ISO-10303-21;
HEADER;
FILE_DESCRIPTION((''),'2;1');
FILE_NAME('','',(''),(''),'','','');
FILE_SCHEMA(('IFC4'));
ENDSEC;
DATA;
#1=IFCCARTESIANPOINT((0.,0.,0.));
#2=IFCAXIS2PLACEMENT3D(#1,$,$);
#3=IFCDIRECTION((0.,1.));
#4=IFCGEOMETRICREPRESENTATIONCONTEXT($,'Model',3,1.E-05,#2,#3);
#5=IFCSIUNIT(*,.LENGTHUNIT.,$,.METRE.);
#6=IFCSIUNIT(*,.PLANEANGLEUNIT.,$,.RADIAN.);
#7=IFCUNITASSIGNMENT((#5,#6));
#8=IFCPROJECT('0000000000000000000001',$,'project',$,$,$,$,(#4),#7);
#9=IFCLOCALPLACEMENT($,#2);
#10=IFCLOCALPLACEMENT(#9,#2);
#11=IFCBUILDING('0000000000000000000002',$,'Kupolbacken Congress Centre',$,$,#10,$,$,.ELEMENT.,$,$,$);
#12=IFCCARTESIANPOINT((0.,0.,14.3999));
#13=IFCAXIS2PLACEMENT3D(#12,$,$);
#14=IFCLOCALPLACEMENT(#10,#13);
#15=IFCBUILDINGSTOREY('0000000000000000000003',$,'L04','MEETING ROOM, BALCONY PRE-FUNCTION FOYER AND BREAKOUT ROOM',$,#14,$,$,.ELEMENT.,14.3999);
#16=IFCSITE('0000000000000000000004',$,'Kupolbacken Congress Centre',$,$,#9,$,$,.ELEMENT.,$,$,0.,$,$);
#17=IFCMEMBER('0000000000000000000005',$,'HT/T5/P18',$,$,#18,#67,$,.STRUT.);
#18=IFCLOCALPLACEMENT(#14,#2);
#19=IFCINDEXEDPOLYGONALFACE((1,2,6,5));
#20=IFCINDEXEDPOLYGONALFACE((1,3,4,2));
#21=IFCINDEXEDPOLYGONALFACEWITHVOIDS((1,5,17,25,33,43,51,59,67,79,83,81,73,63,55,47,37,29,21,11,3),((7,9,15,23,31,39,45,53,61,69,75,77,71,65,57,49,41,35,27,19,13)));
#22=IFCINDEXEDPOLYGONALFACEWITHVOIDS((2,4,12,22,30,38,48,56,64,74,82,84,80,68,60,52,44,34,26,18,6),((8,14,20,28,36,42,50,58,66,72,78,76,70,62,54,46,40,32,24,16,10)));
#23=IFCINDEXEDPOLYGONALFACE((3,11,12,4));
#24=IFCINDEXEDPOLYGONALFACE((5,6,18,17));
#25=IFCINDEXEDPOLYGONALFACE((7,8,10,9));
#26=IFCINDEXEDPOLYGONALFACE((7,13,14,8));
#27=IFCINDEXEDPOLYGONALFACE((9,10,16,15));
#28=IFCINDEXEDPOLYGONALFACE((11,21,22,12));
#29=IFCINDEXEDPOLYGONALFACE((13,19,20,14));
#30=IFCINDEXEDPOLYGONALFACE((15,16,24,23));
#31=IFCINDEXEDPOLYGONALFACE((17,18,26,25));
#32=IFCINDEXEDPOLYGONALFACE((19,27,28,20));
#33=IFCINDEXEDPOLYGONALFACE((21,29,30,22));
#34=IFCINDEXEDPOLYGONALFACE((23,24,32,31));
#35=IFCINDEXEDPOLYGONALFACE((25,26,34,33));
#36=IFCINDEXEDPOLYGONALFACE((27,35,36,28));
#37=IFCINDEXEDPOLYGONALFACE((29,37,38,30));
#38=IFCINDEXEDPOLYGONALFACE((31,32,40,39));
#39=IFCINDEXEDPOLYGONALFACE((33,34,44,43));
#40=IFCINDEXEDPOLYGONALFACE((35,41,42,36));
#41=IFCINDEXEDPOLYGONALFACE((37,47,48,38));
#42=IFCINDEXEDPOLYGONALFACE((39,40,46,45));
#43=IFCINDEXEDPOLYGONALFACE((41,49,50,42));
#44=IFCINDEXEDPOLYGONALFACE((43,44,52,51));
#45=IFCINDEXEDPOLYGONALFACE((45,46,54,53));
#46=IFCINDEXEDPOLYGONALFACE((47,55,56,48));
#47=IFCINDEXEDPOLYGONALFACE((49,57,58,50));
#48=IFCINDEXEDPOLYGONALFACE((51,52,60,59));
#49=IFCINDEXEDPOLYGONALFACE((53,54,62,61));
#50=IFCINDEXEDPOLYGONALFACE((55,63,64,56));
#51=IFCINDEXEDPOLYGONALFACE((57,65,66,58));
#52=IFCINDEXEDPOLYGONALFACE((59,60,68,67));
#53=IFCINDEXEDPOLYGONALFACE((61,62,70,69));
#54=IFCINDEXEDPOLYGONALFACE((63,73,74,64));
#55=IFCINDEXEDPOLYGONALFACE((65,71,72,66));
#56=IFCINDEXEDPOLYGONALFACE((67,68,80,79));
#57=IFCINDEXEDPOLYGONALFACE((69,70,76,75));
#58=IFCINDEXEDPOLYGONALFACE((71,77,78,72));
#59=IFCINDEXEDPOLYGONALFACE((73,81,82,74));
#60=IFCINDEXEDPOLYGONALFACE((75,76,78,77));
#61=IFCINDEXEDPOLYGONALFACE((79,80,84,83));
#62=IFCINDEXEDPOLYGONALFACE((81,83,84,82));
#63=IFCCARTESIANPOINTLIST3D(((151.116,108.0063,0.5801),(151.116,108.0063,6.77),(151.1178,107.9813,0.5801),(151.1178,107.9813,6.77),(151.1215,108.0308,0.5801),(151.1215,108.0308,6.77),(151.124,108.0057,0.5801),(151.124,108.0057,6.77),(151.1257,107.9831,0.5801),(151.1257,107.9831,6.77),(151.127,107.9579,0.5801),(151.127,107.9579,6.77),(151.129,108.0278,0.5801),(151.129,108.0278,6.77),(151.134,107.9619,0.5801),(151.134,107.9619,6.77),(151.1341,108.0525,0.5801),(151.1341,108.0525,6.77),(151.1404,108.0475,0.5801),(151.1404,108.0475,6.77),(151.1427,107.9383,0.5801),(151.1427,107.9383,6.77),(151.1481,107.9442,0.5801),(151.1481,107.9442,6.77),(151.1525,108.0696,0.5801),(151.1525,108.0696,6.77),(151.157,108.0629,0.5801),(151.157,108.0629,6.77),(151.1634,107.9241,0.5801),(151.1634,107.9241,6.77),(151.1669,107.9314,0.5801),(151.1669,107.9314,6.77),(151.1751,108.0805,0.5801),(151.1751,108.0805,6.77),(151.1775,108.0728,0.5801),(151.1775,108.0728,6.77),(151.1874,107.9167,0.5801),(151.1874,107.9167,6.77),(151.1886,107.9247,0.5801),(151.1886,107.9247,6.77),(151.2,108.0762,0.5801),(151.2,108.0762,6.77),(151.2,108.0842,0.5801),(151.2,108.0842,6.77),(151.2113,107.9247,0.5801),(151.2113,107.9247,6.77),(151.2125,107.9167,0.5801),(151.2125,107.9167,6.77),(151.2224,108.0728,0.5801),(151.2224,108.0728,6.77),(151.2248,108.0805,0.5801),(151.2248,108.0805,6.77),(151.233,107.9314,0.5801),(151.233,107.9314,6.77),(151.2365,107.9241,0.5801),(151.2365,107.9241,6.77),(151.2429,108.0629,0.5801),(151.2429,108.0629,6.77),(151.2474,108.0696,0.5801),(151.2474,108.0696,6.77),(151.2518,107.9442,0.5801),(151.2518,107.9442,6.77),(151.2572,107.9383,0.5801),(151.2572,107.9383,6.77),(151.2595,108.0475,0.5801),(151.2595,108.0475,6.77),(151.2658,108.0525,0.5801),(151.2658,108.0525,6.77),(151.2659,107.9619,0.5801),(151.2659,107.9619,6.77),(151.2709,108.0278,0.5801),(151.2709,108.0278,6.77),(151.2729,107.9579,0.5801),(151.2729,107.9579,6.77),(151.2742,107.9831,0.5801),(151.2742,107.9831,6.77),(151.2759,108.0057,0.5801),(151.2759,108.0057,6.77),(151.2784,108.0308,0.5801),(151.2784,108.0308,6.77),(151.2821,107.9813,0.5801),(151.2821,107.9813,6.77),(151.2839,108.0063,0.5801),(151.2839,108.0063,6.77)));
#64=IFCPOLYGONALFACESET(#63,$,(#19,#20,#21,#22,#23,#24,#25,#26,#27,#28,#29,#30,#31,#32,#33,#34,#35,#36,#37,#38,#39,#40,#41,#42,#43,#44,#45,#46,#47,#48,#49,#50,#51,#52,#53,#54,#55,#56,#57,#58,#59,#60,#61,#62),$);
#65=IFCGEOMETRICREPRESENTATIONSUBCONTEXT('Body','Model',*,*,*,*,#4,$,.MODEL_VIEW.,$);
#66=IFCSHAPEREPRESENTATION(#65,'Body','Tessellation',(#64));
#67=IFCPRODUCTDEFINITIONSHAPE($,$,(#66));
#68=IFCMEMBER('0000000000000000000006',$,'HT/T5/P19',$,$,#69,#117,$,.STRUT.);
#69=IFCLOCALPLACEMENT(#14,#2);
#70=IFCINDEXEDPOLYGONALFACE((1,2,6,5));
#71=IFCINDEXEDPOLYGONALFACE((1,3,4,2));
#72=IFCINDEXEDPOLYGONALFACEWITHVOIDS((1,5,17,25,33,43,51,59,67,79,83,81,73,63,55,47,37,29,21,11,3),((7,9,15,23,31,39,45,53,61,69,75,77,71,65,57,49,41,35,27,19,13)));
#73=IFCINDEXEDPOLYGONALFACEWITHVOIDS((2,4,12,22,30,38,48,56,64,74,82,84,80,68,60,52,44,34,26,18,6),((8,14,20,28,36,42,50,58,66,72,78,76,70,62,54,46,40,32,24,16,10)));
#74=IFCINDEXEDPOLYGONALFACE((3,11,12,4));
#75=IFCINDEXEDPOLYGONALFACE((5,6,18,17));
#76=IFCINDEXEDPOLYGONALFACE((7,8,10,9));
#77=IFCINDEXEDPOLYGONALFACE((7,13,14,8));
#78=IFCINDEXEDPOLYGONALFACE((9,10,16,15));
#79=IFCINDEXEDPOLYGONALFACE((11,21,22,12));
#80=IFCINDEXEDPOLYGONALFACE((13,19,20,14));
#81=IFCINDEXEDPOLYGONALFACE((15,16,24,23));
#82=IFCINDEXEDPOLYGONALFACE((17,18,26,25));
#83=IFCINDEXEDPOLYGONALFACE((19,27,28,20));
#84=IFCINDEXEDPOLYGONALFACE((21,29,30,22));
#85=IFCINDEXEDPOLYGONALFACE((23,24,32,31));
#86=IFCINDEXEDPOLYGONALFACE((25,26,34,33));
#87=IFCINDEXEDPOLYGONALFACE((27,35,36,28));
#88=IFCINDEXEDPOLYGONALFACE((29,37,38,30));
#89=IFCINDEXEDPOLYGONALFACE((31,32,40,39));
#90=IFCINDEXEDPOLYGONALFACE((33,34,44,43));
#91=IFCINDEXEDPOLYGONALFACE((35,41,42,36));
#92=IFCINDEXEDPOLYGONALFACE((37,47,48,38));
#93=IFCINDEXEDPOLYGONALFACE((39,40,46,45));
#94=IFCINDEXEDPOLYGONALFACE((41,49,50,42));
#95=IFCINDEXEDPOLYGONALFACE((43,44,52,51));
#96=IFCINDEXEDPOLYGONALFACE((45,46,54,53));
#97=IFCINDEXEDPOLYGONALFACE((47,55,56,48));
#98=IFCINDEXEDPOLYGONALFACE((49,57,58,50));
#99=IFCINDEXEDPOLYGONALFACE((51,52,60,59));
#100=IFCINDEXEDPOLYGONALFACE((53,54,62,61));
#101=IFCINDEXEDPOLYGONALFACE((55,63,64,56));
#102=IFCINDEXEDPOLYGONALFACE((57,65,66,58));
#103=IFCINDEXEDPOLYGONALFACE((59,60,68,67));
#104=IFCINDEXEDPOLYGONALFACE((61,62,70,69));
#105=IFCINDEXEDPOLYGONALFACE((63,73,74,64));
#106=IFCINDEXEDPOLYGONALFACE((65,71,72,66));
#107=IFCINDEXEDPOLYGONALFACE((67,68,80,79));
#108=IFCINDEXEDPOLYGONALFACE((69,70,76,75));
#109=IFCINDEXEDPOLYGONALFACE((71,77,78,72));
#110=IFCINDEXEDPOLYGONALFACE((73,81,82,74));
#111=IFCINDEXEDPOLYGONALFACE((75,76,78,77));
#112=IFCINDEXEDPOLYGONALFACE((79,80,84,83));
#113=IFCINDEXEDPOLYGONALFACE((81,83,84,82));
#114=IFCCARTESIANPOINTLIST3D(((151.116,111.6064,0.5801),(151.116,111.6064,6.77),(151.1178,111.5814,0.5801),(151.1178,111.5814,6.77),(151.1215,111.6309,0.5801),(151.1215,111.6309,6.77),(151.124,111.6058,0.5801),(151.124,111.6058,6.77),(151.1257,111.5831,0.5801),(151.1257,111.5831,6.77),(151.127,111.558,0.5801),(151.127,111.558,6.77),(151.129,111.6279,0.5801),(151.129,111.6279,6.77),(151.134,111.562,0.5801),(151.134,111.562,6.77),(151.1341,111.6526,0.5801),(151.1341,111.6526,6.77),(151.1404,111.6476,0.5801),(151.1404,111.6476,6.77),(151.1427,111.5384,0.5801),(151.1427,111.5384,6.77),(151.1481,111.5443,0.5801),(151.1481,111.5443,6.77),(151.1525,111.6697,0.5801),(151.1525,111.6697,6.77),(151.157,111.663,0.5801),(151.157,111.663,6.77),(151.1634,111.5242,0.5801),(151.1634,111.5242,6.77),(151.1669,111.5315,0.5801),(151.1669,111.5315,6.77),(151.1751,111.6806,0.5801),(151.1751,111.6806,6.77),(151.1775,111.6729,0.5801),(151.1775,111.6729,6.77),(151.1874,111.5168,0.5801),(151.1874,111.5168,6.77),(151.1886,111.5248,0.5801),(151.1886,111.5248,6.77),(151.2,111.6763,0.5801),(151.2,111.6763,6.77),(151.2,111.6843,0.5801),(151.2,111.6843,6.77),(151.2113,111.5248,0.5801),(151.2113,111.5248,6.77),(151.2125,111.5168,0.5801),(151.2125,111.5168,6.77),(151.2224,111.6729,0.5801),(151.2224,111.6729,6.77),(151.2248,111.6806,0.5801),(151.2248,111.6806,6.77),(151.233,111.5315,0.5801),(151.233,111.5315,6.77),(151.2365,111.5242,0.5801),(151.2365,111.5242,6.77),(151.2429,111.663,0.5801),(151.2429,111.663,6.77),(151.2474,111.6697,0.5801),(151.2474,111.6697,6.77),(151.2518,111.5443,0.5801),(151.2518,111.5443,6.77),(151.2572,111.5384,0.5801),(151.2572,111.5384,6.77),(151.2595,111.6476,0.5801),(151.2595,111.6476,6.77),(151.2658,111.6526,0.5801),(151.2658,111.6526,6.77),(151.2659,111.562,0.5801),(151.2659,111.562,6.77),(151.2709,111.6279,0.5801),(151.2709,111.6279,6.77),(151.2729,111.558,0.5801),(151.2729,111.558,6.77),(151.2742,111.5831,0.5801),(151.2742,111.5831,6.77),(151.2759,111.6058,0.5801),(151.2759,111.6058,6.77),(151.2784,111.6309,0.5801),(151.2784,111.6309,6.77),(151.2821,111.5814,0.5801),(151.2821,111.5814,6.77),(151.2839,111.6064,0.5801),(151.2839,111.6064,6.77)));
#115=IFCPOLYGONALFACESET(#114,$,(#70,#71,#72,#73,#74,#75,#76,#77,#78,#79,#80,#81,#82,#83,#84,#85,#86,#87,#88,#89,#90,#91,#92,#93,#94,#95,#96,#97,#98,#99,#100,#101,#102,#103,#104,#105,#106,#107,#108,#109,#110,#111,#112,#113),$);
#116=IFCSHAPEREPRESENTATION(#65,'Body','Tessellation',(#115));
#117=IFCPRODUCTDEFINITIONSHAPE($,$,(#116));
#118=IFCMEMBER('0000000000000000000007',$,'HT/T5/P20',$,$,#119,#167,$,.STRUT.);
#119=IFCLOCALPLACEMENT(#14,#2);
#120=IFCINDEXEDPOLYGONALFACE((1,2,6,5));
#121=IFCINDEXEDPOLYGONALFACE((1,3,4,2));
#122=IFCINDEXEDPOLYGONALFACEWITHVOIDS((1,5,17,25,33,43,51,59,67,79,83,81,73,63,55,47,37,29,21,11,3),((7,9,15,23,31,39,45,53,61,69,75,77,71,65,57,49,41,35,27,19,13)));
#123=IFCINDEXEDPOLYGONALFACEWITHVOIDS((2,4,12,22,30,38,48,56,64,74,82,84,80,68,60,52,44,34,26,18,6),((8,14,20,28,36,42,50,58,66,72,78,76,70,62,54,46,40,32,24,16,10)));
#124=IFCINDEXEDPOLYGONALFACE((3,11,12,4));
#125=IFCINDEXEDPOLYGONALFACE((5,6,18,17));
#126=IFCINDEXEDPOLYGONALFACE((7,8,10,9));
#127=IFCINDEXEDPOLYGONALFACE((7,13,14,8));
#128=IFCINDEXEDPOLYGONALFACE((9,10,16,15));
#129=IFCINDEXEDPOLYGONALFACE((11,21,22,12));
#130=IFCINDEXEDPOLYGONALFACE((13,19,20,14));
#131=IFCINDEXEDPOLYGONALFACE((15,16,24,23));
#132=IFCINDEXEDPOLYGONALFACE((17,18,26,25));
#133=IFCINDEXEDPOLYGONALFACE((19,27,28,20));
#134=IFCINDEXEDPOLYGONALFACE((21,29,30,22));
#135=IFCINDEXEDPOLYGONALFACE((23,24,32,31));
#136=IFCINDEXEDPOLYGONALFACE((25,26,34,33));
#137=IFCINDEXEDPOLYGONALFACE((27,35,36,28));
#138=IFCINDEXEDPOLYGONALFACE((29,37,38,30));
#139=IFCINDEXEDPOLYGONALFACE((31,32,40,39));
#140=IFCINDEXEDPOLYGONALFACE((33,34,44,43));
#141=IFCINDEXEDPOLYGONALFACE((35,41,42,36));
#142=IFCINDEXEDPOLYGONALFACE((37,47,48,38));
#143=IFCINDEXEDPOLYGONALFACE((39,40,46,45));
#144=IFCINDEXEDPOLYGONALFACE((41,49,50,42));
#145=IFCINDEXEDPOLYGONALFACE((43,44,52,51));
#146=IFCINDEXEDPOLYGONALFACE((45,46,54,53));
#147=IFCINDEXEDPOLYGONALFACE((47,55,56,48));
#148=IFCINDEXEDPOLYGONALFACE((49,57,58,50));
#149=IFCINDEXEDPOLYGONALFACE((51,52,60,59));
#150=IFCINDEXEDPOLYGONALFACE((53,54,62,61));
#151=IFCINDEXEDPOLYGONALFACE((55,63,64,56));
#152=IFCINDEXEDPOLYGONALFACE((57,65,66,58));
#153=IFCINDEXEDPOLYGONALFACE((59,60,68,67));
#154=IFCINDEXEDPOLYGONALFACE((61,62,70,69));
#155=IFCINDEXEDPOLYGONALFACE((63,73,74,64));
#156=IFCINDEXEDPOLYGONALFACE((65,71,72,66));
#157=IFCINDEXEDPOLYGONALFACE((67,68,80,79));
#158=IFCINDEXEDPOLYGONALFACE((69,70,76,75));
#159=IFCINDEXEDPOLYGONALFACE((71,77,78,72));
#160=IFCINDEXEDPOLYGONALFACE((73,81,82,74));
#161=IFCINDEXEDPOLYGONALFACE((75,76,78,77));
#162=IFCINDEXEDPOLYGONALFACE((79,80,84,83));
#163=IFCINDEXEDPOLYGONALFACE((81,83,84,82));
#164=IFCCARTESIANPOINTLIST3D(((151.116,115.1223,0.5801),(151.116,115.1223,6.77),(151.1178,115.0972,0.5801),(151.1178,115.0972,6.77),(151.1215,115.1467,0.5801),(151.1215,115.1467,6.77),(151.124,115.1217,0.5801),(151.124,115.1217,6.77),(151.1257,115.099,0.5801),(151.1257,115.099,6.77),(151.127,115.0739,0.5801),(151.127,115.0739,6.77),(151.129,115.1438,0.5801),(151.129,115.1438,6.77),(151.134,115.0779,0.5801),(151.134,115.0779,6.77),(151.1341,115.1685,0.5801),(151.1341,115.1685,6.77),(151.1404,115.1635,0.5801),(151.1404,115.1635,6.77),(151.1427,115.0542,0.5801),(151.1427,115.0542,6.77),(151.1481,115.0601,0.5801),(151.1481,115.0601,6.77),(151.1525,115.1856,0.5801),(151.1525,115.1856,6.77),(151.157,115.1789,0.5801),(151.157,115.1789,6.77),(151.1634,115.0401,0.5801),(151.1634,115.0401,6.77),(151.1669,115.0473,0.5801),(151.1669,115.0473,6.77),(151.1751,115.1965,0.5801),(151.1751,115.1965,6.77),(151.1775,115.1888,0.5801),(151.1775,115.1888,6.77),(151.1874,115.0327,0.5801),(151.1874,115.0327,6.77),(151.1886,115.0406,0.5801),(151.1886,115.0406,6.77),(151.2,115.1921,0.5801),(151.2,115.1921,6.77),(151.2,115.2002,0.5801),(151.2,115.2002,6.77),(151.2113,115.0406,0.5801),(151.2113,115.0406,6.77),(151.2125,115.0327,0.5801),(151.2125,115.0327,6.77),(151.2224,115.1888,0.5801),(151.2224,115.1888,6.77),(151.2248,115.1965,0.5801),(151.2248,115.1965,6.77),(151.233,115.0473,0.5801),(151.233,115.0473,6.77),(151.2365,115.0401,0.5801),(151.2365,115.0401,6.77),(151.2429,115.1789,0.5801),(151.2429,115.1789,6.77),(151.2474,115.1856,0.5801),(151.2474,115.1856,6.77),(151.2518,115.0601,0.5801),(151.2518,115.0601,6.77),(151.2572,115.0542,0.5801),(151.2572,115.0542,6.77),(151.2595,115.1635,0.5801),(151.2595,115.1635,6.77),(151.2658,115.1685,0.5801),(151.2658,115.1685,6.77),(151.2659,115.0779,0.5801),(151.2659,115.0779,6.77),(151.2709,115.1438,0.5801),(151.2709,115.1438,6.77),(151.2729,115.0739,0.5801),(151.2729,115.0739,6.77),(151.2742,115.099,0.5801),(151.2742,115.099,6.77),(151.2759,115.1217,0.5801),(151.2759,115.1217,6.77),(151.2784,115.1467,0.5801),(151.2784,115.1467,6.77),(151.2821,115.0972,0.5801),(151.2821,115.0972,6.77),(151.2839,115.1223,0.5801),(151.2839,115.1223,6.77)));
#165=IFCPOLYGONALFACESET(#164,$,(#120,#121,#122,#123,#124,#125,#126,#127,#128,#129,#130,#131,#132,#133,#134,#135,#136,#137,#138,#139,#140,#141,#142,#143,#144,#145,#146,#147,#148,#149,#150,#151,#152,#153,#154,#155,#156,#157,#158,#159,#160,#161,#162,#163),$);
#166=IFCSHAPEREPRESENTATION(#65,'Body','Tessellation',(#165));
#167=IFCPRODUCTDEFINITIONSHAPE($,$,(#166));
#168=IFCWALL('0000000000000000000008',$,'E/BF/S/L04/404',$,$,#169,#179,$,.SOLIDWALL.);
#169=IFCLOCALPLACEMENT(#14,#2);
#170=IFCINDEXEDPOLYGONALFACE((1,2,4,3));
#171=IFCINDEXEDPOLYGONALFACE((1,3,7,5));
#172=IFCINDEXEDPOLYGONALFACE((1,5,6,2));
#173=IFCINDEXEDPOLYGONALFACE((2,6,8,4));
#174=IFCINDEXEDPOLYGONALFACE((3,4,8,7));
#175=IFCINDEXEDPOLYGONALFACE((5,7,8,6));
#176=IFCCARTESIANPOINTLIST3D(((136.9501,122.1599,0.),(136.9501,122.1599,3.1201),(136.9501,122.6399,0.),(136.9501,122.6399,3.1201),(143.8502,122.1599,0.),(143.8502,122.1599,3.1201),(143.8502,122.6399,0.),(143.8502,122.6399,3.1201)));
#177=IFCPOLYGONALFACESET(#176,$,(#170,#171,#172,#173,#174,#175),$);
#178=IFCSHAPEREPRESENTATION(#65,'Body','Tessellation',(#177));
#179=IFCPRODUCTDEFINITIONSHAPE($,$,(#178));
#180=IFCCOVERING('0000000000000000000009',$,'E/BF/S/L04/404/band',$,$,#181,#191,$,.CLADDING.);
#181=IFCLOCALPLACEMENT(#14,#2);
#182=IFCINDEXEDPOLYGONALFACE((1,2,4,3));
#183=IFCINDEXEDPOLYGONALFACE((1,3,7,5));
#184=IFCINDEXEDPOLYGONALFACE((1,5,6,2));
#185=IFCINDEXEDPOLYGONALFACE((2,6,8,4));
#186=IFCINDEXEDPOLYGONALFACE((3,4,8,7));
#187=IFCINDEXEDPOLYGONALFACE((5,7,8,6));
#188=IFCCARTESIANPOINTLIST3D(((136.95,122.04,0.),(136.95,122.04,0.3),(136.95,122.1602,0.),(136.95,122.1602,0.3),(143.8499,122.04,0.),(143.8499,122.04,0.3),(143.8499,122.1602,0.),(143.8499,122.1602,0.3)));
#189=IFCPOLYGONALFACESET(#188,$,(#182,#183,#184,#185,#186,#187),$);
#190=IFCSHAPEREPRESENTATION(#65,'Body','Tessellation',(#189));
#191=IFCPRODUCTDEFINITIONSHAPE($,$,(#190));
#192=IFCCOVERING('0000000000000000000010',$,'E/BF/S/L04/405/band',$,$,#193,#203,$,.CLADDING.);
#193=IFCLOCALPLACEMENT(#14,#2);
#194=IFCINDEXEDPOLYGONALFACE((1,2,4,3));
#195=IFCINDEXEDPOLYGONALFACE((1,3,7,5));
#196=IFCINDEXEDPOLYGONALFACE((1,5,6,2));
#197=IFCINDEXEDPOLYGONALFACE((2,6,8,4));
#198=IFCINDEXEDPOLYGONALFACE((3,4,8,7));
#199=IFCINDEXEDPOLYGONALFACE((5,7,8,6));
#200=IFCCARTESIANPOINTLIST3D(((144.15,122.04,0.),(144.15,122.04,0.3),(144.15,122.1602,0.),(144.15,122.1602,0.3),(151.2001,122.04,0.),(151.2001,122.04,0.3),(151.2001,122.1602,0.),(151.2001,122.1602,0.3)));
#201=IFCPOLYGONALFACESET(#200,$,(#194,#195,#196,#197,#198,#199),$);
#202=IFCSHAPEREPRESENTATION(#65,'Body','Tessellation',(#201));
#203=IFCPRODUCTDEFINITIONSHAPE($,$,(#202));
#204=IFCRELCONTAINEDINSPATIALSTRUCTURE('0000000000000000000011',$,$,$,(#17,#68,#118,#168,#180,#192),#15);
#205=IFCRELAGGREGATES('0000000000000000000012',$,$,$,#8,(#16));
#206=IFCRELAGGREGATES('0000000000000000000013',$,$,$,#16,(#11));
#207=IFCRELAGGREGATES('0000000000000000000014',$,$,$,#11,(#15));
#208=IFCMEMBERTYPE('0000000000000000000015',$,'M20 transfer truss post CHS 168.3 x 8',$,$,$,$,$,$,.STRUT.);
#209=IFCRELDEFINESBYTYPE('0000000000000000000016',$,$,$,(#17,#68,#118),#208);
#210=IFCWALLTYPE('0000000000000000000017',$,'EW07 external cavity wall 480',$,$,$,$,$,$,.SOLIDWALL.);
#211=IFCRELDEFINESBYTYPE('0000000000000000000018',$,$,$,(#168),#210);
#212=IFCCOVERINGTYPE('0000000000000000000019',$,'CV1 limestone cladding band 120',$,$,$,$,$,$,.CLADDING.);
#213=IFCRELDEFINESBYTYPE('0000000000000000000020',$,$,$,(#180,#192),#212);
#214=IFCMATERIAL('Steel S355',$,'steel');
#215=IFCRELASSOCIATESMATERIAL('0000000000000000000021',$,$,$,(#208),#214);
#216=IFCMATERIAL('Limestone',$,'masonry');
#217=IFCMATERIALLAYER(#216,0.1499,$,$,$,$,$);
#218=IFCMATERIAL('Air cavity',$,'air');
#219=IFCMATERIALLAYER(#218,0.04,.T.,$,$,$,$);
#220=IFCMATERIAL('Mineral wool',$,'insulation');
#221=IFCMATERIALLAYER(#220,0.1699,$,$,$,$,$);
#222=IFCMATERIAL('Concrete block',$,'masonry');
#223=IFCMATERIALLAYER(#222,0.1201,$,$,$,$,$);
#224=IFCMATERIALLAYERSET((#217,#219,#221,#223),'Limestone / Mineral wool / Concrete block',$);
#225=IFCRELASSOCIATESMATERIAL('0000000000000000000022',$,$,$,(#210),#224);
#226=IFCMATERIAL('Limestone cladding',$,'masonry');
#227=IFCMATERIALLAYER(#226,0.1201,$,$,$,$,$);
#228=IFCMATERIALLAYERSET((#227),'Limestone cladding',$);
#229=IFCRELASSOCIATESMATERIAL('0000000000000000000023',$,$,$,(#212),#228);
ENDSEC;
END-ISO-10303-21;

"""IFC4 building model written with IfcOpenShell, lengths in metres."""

from ifc_helpers import new_model, si_unit, direction, frame, frame_2d, origin, origin_2d, place, context, subcontext, project, spatial, rectangle, hollow_circle, extrude, material, layer, layer_set, material_profile, profile_set, type_object, element, save


model = new_model("IFC4")

# Units and contexts
model_context = context("Model", 3, precision=1e-05, world=origin(), true_north=direction((0.0, 1.0)))
body_context = subcontext(model_context, "Body", "Model", "MODEL_VIEW")
ifc_project = project(units=[si_unit("LENGTHUNIT", "METRE"), si_unit("PLANEANGLEUNIT", "RADIAN")], contexts=[model_context])

# Site, building, storey
site_placement = place(None, origin())
site = spatial("IfcSite", under=ifc_project, at=site_placement, Name="Kupolbacken Congress Centre", CompositionType="ELEMENT", RefElevation=0.0)
building_placement = place(site_placement, origin())
building = spatial("IfcBuilding", under=site, at=building_placement, Name="Kupolbacken Congress Centre", CompositionType="ELEMENT")
storey_placement = place(building_placement, frame((0.0, 0.0, 14.3999)))
storey = spatial("IfcBuildingStorey", under=building, at=storey_placement, Name="L04", Description="MEETING ROOM, BALCONY PRE-FUNCTION FOYER AND BREAKOUT ROOM", CompositionType="ELEMENT", Elevation=14.3999)

# Members
ifc_material_1 = material(Name="Steel S355", Category="steel")
ifc_material_profile_1 = material_profile(ifc_material_1, hollow_circle(Radius=0.0842, WallThickness=0.0081, at=origin_2d()), Name="CHS 168.3 x 8")
ifc_profile_set_1 = profile_set([ifc_material_profile_1], Name="Steel S355")
member_type_1 = type_object("IfcMemberType", Name="M20 transfer truss post CHS 168.3 x 8", PredefinedType="STRUT", material=ifc_profile_set_1)
for number, where, z_axis, x_axis, name in (
    (1, (151.2, 108.0, 0.5801), (0.0, 0.0, 1.0), (0.0, 1.0, 0.0), "HT/T5/P18"),
    (2, (151.2, 111.6001, 0.5801), (0.0, 0.0, 1.0), (0.0, 1.0, 0.0), "HT/T5/P19"),
    (3, (151.2, 115.116, 0.5801), (0.0, 0.0, 1.0), (0.0, 1.0, 0.0), "HT/T5/P20"),
):
    element("IfcMember", number, at=place(storey_placement, frame(where, z_axis=z_axis, x_axis=x_axis)), inside=storey, type_object=member_type_1, Name=name, PredefinedType="STRUT", context=body_context, shape_type="SweptSolid", body=[
        extrude(hollow_circle(Radius=0.0842, WallThickness=0.0081, at=origin_2d()), origin(), (0.0, 0.0, 1.0), 6.1899),
    ])

# Wall
ifc_material_2 = material(Name="Limestone", Category="masonry")
ifc_layer_1 = layer(ifc_material_2, 0.1499)
ifc_material_3 = material(Name="Air cavity", Category="air")
ifc_layer_2 = layer(ifc_material_3, 0.04, ventilated=True)
ifc_material_4 = material(Name="Mineral wool", Category="insulation")
ifc_layer_3 = layer(ifc_material_4, 0.1699)
ifc_material_5 = material(Name="Concrete block", Category="masonry")
ifc_layer_4 = layer(ifc_material_5, 0.1201)
ifc_layer_set_1 = layer_set([ifc_layer_1, ifc_layer_2, ifc_layer_3, ifc_layer_4], Name="Limestone / Mineral wool / Concrete block")
wall_type = type_object("IfcWallType", Name="EW07 external cavity wall 480", PredefinedType="SOLIDWALL", material=ifc_layer_set_1)
wall_placement = place(storey_placement, frame((136.95, 122.3999, 0.0), z_axis=(0.0, 0.0, 1.0), x_axis=(1.0, 0.0, 0.0)))
element("IfcWall", 4, at=wall_placement, inside=storey, type_object=wall_type, Name="E/BF/S/L04/404", PredefinedType="SOLIDWALL", context=body_context, shape_type="SweptSolid", body=[
    extrude(rectangle(XDim=6.9001, YDim=0.48, at=frame_2d((3.4502, 0.0))), origin(), (0.0, 0.0, 1.0), 3.1201),
])

# Coverings
ifc_material_6 = material(Name="Limestone cladding", Category="masonry")
ifc_layer_5 = layer(ifc_material_6, 0.1201)
ifc_layer_set_2 = layer_set([ifc_layer_5], Name="Limestone cladding")
covering_type_1 = type_object("IfcCoveringType", Name="CV1 limestone cladding band 120", PredefinedType="CLADDING", material=ifc_layer_set_2)
covering_1_placement = place(storey_placement, frame((140.3999, 122.1001, 0.0), z_axis=(0.0, 0.0, 1.0), x_axis=(1.0, 0.0, 0.0)))
element("IfcCovering", 5, at=covering_1_placement, inside=storey, type_object=covering_type_1, Name="E/BF/S/L04/404/band", PredefinedType="CLADDING", context=body_context, shape_type="SweptSolid", body=[
    extrude(rectangle(XDim=6.8999, YDim=0.1201, at=origin_2d()), origin(), (0.0, 0.0, 1.0), 0.3),
])
covering_2_placement = place(storey_placement, frame((147.675, 122.1001, 0.0), z_axis=(0.0, 0.0, 1.0), x_axis=(1.0, 0.0, 0.0)))
element("IfcCovering", 6, at=covering_2_placement, inside=storey, type_object=covering_type_1, Name="E/BF/S/L04/405/band", PredefinedType="CLADDING", context=body_context, shape_type="SweptSolid", body=[
    extrude(rectangle(XDim=7.05, YDim=0.1201, at=origin_2d()), origin(), (0.0, 0.0, 1.0), 0.3),
])

save(model, "model.ifc")
